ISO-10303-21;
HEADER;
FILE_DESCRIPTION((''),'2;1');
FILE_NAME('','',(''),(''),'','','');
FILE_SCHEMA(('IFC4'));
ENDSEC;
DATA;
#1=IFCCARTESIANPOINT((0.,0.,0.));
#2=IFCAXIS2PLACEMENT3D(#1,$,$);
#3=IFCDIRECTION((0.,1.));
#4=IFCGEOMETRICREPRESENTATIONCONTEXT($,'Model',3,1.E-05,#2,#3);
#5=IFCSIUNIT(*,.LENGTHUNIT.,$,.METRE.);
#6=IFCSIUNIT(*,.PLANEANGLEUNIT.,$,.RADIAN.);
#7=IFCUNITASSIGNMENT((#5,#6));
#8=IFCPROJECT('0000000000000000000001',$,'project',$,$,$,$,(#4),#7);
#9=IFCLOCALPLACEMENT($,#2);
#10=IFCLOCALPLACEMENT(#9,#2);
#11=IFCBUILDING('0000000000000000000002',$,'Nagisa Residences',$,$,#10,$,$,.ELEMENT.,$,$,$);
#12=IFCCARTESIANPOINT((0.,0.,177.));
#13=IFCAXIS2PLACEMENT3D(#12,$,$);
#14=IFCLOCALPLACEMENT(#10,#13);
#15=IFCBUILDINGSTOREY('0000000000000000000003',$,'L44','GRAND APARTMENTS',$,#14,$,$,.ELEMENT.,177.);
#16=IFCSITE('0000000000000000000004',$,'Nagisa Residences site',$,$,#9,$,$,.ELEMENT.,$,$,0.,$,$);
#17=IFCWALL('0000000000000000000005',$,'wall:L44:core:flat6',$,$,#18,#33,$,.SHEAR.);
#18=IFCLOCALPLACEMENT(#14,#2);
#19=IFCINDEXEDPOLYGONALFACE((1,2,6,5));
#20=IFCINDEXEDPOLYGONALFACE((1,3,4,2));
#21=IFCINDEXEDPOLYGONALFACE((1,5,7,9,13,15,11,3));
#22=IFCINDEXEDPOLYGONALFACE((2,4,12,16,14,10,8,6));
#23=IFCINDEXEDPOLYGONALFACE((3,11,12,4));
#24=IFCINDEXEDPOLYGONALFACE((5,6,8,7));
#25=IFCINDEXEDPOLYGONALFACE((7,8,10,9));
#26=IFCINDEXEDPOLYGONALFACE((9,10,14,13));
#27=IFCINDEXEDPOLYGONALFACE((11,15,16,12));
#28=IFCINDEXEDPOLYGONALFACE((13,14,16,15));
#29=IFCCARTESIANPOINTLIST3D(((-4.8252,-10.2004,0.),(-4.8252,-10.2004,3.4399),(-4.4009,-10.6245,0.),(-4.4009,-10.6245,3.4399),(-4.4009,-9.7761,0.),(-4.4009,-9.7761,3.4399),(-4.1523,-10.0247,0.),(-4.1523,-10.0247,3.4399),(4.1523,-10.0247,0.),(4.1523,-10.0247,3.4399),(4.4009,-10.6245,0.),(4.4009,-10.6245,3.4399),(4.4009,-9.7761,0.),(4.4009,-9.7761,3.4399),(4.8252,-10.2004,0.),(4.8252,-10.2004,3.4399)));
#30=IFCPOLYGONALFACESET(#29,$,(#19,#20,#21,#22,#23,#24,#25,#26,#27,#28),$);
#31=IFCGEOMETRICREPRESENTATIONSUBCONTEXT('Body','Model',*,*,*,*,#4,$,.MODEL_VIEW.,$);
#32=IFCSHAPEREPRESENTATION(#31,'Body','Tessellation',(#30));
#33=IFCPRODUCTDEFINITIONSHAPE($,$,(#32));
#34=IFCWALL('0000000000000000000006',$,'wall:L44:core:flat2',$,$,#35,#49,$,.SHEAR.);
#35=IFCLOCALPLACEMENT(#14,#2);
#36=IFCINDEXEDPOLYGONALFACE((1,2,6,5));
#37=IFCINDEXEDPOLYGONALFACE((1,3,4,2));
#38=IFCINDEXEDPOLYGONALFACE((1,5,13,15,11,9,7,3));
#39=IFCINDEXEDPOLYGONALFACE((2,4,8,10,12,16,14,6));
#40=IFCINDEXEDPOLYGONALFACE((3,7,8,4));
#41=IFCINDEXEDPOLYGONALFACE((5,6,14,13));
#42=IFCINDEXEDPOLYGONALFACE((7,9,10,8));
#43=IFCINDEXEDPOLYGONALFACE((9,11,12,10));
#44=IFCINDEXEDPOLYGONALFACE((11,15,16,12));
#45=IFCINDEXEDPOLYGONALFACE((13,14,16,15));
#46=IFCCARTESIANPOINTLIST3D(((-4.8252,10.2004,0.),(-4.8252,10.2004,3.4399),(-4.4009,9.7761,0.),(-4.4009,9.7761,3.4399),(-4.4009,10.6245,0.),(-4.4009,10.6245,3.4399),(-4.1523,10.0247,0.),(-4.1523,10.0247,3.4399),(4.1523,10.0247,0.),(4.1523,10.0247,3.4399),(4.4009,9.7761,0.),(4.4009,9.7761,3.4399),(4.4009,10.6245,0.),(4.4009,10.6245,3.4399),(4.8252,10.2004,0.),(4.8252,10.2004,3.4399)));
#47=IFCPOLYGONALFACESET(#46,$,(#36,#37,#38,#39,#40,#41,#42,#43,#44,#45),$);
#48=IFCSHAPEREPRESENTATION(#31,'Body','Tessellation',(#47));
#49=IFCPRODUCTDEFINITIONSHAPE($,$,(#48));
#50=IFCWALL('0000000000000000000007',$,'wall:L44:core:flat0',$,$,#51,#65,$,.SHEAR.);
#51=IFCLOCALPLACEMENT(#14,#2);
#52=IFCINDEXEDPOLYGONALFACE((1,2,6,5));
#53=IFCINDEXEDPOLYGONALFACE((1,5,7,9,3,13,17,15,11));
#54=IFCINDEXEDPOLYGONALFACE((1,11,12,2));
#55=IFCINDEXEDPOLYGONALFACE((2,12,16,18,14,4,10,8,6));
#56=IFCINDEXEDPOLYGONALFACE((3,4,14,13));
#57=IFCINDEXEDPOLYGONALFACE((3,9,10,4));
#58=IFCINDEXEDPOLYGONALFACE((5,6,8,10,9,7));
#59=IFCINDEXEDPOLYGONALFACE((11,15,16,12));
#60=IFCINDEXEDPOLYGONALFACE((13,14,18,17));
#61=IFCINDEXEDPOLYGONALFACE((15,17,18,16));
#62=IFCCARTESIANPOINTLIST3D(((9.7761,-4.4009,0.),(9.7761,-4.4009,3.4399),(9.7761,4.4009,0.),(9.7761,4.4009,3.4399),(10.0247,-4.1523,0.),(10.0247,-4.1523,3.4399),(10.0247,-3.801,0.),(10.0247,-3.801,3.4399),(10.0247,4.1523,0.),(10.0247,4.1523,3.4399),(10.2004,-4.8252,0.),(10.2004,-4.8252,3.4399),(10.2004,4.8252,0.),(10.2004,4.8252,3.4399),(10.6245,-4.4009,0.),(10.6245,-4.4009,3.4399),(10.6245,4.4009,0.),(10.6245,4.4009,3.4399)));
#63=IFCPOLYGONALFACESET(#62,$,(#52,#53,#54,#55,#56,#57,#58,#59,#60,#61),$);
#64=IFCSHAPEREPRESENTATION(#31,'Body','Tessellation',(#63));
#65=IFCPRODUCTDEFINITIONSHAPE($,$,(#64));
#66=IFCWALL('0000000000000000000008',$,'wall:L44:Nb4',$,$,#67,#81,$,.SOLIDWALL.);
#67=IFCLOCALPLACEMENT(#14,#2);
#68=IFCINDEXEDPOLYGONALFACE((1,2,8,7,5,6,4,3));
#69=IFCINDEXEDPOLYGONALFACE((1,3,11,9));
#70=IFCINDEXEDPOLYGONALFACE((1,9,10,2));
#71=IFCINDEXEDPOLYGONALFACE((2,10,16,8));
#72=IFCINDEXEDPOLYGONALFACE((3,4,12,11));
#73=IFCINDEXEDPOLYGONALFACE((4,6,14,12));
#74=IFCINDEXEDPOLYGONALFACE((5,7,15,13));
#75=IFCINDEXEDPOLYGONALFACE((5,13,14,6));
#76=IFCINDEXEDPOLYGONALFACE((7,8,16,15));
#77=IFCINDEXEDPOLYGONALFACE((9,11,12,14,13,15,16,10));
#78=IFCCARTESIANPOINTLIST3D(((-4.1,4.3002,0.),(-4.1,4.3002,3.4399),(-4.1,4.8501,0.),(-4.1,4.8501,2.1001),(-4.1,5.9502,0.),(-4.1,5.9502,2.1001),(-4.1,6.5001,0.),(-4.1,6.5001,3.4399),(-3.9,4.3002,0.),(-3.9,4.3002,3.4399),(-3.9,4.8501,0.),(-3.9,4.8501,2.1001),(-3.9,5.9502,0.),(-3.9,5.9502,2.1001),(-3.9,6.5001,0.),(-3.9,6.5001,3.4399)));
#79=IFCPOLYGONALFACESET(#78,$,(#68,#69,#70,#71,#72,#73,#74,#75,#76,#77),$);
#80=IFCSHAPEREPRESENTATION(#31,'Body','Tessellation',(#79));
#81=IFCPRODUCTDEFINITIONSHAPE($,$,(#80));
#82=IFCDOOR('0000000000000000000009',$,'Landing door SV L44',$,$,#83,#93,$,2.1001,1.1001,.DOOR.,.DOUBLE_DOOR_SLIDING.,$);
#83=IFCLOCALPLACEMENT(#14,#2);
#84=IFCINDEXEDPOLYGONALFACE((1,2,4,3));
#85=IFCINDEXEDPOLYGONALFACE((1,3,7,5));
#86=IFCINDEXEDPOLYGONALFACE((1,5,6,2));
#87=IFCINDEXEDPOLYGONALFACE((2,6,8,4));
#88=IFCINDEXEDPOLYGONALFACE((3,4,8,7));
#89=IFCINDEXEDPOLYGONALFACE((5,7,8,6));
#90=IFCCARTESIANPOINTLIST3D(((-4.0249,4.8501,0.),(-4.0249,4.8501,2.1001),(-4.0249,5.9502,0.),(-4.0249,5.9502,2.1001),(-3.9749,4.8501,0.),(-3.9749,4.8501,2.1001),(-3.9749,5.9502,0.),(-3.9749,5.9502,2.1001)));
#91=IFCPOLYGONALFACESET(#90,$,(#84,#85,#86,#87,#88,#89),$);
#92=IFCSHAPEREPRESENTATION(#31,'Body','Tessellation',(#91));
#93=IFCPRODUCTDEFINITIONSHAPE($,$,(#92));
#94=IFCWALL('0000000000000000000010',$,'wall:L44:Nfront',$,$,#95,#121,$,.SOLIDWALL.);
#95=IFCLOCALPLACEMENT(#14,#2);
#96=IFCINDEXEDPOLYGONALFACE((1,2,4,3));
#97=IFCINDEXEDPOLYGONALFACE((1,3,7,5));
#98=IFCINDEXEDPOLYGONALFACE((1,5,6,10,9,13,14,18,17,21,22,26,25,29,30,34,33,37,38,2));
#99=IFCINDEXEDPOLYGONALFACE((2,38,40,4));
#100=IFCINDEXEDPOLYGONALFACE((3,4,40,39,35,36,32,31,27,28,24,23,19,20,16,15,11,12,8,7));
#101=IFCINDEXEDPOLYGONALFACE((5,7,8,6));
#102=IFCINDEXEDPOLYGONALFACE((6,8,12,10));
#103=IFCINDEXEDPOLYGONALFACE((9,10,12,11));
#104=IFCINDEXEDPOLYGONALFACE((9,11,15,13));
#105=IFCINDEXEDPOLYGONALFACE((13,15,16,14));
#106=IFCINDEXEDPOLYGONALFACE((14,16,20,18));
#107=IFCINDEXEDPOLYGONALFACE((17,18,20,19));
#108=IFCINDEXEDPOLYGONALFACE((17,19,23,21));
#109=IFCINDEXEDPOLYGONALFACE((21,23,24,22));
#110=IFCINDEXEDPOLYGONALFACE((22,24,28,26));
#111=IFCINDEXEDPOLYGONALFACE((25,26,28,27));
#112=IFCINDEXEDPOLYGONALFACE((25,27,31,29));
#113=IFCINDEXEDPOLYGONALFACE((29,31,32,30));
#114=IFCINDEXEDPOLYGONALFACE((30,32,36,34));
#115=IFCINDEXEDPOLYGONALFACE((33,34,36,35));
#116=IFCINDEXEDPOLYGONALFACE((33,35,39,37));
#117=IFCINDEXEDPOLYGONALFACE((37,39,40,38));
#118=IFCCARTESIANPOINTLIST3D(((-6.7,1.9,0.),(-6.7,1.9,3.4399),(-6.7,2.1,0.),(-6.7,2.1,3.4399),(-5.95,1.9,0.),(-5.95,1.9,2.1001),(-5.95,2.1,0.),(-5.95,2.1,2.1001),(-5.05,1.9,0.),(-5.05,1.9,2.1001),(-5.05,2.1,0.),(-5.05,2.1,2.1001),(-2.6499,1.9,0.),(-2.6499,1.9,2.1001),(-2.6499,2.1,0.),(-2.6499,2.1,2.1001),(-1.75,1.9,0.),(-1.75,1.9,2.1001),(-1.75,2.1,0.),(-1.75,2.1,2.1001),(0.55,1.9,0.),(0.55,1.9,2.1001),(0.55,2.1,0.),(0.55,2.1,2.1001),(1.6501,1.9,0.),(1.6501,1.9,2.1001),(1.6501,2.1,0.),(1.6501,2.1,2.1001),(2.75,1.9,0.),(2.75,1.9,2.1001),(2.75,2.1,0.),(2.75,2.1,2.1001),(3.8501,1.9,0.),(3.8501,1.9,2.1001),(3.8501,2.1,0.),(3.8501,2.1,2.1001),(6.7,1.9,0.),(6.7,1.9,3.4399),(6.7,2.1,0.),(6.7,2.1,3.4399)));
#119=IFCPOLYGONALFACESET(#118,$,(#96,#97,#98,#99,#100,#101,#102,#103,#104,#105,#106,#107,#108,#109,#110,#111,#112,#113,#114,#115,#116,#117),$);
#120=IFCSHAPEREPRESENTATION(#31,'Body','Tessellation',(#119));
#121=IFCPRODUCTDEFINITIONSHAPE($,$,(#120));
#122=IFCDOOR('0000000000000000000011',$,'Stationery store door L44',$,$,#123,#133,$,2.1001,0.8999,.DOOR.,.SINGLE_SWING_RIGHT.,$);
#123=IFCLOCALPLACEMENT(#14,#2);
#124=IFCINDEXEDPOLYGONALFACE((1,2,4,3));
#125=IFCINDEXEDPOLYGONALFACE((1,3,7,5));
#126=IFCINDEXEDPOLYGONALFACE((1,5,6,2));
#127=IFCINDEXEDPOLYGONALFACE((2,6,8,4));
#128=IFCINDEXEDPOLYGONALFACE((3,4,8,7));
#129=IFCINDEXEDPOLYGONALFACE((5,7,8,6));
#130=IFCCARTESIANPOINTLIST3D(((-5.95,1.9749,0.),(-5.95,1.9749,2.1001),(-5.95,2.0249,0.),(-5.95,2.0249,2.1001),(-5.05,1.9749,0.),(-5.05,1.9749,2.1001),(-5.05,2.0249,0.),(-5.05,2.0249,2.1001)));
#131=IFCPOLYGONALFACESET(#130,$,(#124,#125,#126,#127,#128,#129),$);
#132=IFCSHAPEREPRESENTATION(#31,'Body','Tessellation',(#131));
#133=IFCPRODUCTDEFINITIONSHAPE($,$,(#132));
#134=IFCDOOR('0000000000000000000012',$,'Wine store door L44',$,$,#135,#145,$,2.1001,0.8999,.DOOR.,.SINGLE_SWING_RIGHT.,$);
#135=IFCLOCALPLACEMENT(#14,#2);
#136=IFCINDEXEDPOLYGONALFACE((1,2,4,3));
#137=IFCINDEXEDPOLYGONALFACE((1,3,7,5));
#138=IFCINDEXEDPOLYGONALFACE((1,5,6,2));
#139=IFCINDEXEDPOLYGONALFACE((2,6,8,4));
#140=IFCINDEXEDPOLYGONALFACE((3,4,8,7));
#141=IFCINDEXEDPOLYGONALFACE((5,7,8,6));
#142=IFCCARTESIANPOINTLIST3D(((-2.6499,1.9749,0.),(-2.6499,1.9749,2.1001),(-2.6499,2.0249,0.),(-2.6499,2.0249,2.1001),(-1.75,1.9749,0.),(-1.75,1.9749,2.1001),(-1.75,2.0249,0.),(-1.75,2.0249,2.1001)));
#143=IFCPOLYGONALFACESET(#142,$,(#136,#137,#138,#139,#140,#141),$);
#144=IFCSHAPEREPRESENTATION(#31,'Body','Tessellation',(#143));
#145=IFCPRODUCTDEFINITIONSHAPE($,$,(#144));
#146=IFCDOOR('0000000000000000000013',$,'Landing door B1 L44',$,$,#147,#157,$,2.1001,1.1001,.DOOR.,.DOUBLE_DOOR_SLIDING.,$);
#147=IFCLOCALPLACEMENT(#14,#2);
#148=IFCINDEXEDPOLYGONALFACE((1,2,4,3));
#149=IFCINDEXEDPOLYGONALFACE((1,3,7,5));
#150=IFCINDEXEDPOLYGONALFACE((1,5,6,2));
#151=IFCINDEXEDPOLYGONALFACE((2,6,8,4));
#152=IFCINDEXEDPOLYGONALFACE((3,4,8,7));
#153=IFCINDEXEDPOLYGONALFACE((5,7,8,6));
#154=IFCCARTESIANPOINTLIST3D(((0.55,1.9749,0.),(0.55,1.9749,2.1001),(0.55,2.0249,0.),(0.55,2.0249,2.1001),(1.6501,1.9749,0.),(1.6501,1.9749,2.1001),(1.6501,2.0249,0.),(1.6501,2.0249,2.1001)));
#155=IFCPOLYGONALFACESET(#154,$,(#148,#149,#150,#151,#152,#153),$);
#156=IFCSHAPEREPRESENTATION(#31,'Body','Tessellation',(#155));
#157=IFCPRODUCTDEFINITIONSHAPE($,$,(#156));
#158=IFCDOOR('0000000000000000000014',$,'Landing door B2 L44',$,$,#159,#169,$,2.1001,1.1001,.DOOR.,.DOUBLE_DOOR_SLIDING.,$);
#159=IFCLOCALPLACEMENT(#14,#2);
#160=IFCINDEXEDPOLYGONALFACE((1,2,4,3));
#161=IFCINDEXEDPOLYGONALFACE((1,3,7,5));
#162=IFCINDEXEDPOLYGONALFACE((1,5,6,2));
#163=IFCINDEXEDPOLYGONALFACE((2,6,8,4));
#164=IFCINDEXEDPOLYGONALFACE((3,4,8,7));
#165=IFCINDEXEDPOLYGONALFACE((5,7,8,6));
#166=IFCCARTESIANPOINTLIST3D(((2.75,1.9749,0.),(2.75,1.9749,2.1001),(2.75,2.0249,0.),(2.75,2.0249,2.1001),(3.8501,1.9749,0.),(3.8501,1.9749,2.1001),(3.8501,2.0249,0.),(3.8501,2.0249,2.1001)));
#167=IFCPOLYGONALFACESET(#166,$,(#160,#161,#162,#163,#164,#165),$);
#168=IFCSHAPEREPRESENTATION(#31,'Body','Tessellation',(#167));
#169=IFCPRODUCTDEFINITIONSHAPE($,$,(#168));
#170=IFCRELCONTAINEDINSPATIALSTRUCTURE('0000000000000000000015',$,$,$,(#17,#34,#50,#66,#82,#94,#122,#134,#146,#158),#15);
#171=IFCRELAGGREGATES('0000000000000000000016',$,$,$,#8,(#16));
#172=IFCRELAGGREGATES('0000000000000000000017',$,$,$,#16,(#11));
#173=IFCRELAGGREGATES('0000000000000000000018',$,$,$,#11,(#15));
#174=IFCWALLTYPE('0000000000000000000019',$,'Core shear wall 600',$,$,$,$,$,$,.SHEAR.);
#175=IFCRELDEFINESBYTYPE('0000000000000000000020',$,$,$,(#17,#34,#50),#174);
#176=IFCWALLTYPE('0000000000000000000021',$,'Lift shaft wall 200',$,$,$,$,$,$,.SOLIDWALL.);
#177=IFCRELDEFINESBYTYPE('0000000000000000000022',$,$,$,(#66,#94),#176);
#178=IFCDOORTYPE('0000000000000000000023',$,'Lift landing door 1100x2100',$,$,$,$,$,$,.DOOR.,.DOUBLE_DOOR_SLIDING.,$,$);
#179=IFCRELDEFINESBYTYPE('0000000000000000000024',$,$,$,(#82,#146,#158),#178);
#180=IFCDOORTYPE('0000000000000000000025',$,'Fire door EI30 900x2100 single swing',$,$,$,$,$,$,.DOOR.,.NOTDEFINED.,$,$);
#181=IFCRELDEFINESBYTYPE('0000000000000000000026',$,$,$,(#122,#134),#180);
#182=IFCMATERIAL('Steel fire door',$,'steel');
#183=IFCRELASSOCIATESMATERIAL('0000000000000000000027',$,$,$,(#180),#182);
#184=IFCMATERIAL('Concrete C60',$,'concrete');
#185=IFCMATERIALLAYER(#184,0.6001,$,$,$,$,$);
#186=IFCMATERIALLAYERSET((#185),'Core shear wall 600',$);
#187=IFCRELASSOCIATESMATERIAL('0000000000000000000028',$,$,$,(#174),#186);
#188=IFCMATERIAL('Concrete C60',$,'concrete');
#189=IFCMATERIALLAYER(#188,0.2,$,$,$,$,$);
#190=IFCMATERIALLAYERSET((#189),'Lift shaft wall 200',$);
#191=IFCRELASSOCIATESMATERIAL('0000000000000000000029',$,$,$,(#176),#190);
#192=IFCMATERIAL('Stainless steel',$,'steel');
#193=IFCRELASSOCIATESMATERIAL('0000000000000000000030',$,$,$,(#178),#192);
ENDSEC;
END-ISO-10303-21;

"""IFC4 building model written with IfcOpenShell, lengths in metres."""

from ifc_helpers import new_model, si_unit, direction, frame, frame_2d, origin, place, context, subcontext, project, spatial, polyline, rectangle, outline, extrude, material, layer, layer_set, type_object, element, fill, save


model = new_model("IFC4")

# Units and contexts
model_context = context("Model", 3, precision=1e-05, world=origin(), true_north=direction((0.0, 1.0)))
body_context = subcontext(model_context, "Body", "Model", "MODEL_VIEW")
ifc_project = project(units=[si_unit("LENGTHUNIT", "METRE"), si_unit("PLANEANGLEUNIT", "RADIAN")], contexts=[model_context])

# Site, building, storey
site_placement = place(None, origin())
site = spatial("IfcSite", under=ifc_project, at=site_placement, Name="Nagisa Residences site", CompositionType="ELEMENT", RefElevation=0.0)
building_placement = place(site_placement, origin())
building = spatial("IfcBuilding", under=site, at=building_placement, Name="Nagisa Residences", CompositionType="ELEMENT")
storey_placement = place(building_placement, frame((0.0, 0.0, 177.0)))
storey = spatial("IfcBuildingStorey", under=building, at=storey_placement, Name="L44", Description="GRAND APARTMENTS", CompositionType="ELEMENT", Elevation=177.0)

# Shared definitions
ifc_material_1 = material(Name="Steel fire door", Category="steel")
door_type_1 = type_object("IfcDoorType", Name="Fire door EI30 900x2100 single swing", OperationType="NOTDEFINED", PredefinedType="DOOR", material=ifc_material_1)

# Shared definitions
ifc_material_2 = material(Name="Concrete C60", Category="concrete")
ifc_layer_1 = layer(ifc_material_2, 0.6001)
ifc_layer_set_1 = layer_set([ifc_layer_1], Name="Core shear wall 600")
wall_type_1 = type_object("IfcWallType", Name="Core shear wall 600", PredefinedType="SHEAR", material=ifc_layer_set_1)

# Walls
wall_1_placement = place(storey_placement, origin())
element("IfcWall", 1, at=wall_1_placement, inside=storey, type_object=wall_type_1, Name="wall:L44:core:flat6", PredefinedType="SHEAR", context=body_context, shape_type="SweptSolid", body=[
    extrude(outline(polyline([(-4.1523, -10.0247), (4.1523, -10.0247), (4.4009, -9.7761), (4.8252, -10.2004), (4.4009, -10.6245), (-4.4009, -10.6245), (-4.8252, -10.2004), (-4.4009, -9.7761), (-4.1523, -10.0247)])), origin(), (0.0, 0.0, 1.0), 3.4399),
])
wall_2_placement = place(storey_placement, origin())
element("IfcWall", 2, at=wall_2_placement, inside=storey, type_object=wall_type_1, Name="wall:L44:core:flat2", PredefinedType="SHEAR", context=body_context, shape_type="SweptSolid", body=[
    extrude(outline(polyline([(-4.1523, 10.0247), (-4.4009, 9.7761), (-4.8252, 10.2004), (-4.4009, 10.6245), (4.4009, 10.6245), (4.8252, 10.2004), (4.4009, 9.7761), (4.1523, 10.0247), (-4.1523, 10.0247)])), origin(), (0.0, 0.0, 1.0), 3.4399),
])
wall_3_placement = place(storey_placement, origin())
element("IfcWall", 3, at=wall_3_placement, inside=storey, type_object=wall_type_1, Name="wall:L44:core:flat0", PredefinedType="SHEAR", context=body_context, shape_type="SweptSolid", body=[
    extrude(outline(polyline([(9.7761, -4.4009), (10.0247, -4.1523), (10.0247, -3.801), (10.0247, 4.1523), (9.7761, 4.4009), (10.2004, 4.8252), (10.6245, 4.4009), (10.6245, -4.4009), (10.2004, -4.8252), (9.7761, -4.4009)])), origin(), (0.0, 0.0, 1.0), 3.4399),
])

# Wall, opening, door
ifc_material_3 = material(Name="Concrete C60", Category="concrete")
ifc_layer_2 = layer(ifc_material_3, 0.2)
ifc_layer_set_2 = layer_set([ifc_layer_2], Name="Lift shaft wall 200")
wall_type_2 = type_object("IfcWallType", Name="Lift shaft wall 200", PredefinedType="SOLIDWALL", material=ifc_layer_set_2)
wall_4_placement = place(storey_placement, frame((-4.0, 4.3, 0.0), z_axis=(0.0, 0.0, 1.0), x_axis=(0.0, 1.0, 0.0)))
wall_4 = element("IfcWall", 4, at=wall_4_placement, inside=storey, type_object=wall_type_2, Name="wall:L44:Nb4", PredefinedType="SOLIDWALL", context=body_context, shape_type="SweptSolid", body=[
    extrude(rectangle(XDim=2.2, YDim=0.2, at=frame_2d((1.1001, 0.0))), origin(), (0.0, 0.0, 1.0), 3.4399),
])
opening_1_placement = place(wall_4_placement, frame((0.55, 0.0, 0.0)))
opening_1 = element("IfcOpeningElement", 5, at=opening_1_placement, cuts=wall_4, PredefinedType="OPENING", context=body_context, shape_type="SweptSolid", body=[
    extrude(rectangle(XDim=1.1001, YDim=2.1001, at=frame_2d((0.55, 1.05))), frame((0.0, 0.1099, 0.0), z_axis=(0.0, -1.0, 0.0), x_axis=(1.0, 0.0, 0.0)), (0.0, 0.0, 1.0), 0.22),
])
ifc_material_4 = material(Name="Stainless steel", Category="steel")
door_type_2 = type_object("IfcDoorType", Name="Lift landing door 1100x2100", OperationType="DOUBLE_DOOR_SLIDING", PredefinedType="DOOR", material=ifc_material_4)
door_1_placement = place(opening_1_placement, origin())
door_1 = element("IfcDoor", 6, at=door_1_placement, inside=storey, type_object=door_type_2, Name="Landing door SV L44", OperationType="DOUBLE_DOOR_SLIDING", OverallHeight=2.1001, OverallWidth=1.1001, PredefinedType="DOOR", context=body_context, shape_type="SweptSolid", body=[
    extrude(rectangle(XDim=1.1001, YDim=2.1001, at=frame_2d((0.55, 1.05))), frame((0.0, 0.0249, 0.0), z_axis=(0.0, -1.0, 0.0), x_axis=(1.0, 0.0, 0.0)), (0.0, 0.0, 1.0), 0.05),
])
fill(opening_1, door_1)

# Wall, openings, doors
wall_5_placement = place(storey_placement, frame((-6.7, 2.0, 0.0), z_axis=(0.0, 0.0, 1.0), x_axis=(1.0, 0.0, 0.0)))
wall_5 = element("IfcWall", 7, at=wall_5_placement, inside=storey, type_object=wall_type_2, Name="wall:L44:Nfront", PredefinedType="SOLIDWALL", context=body_context, shape_type="SweptSolid", body=[
    extrude(rectangle(XDim=13.3999, YDim=0.2, at=frame_2d((6.7, 0.0))), origin(), (0.0, 0.0, 1.0), 3.4399),
])
opening_2_placement = place(wall_5_placement, frame((7.25, 0.0, 0.0)))
opening_2 = element("IfcOpeningElement", 8, at=opening_2_placement, cuts=wall_5, PredefinedType="OPENING", context=body_context, shape_type="SweptSolid", body=[
    extrude(rectangle(XDim=1.1001, YDim=2.1001, at=frame_2d((0.55, 1.05))), frame((0.0, 0.1099, 0.0), z_axis=(0.0, -1.0, 0.0), x_axis=(1.0, 0.0, 0.0)), (0.0, 0.0, 1.0), 0.22),
])
opening_3_placement = place(wall_5_placement, frame((9.45, 0.0, 0.0)))
opening_3 = element("IfcOpeningElement", 9, at=opening_3_placement, cuts=wall_5, PredefinedType="OPENING", context=body_context, shape_type="SweptSolid", body=[
    extrude(rectangle(XDim=1.1001, YDim=2.1001, at=frame_2d((0.55, 1.05))), frame((0.0, 0.1099, 0.0), z_axis=(0.0, -1.0, 0.0), x_axis=(1.0, 0.0, 0.0)), (0.0, 0.0, 1.0), 0.22),
])
opening_4_placement = place(wall_5_placement, frame((0.75, 0.0, 0.0)))
opening_4 = element("IfcOpeningElement", 10, at=opening_4_placement, cuts=wall_5, PredefinedType="OPENING", context=body_context, shape_type="SweptSolid", body=[
    extrude(rectangle(XDim=0.8999, YDim=2.1001, at=frame_2d((0.45, 1.05))), frame((0.0, 0.1099, 0.0), z_axis=(0.0, -1.0, 0.0), x_axis=(1.0, 0.0, 0.0)), (0.0, 0.0, 1.0), 0.22),
])
opening_5_placement = place(wall_5_placement, frame((4.05, 0.0, 0.0)))
opening_5 = element("IfcOpeningElement", 11, at=opening_5_placement, cuts=wall_5, PredefinedType="OPENING", context=body_context, shape_type="SweptSolid", body=[
    extrude(rectangle(XDim=0.8999, YDim=2.1001, at=frame_2d((0.45, 1.05))), frame((0.0, 0.1099, 0.0), z_axis=(0.0, -1.0, 0.0), x_axis=(1.0, 0.0, 0.0)), (0.0, 0.0, 1.0), 0.22),
])
door_2_placement = place(opening_4_placement, origin())
door_2 = element("IfcDoor", 12, at=door_2_placement, inside=storey, type_object=door_type_1, Name="Stationery store door L44", OperationType="SINGLE_SWING_RIGHT", OverallHeight=2.1001, OverallWidth=0.8999, PredefinedType="DOOR", context=body_context, shape_type="SweptSolid", body=[
    extrude(rectangle(XDim=0.8999, YDim=2.1001, at=frame_2d((0.45, 1.05))), frame((0.0, 0.0249, 0.0), z_axis=(0.0, -1.0, 0.0), x_axis=(1.0, 0.0, 0.0)), (0.0, 0.0, 1.0), 0.05),
])
fill(opening_4, door_2)
door_3_placement = place(opening_5_placement, origin())
door_3 = element("IfcDoor", 13, at=door_3_placement, inside=storey, type_object=door_type_1, Name="Wine store door L44", OperationType="SINGLE_SWING_RIGHT", OverallHeight=2.1001, OverallWidth=0.8999, PredefinedType="DOOR", context=body_context, shape_type="SweptSolid", body=[
    extrude(rectangle(XDim=0.8999, YDim=2.1001, at=frame_2d((0.45, 1.05))), frame((0.0, 0.0249, 0.0), z_axis=(0.0, -1.0, 0.0), x_axis=(1.0, 0.0, 0.0)), (0.0, 0.0, 1.0), 0.05),
])
fill(opening_5, door_3)
door_4_placement = place(opening_2_placement, origin())
door_4 = element("IfcDoor", 14, at=door_4_placement, inside=storey, type_object=door_type_2, Name="Landing door B1 L44", OperationType="DOUBLE_DOOR_SLIDING", OverallHeight=2.1001, OverallWidth=1.1001, PredefinedType="DOOR", context=body_context, shape_type="SweptSolid", body=[
    extrude(rectangle(XDim=1.1001, YDim=2.1001, at=frame_2d((0.55, 1.05))), frame((0.0, 0.0249, 0.0), z_axis=(0.0, -1.0, 0.0), x_axis=(1.0, 0.0, 0.0)), (0.0, 0.0, 1.0), 0.05),
])
fill(opening_2, door_4)
door_5_placement = place(opening_3_placement, origin())
door_5 = element("IfcDoor", 15, at=door_5_placement, inside=storey, type_object=door_type_2, Name="Landing door B2 L44", OperationType="DOUBLE_DOOR_SLIDING", OverallHeight=2.1001, OverallWidth=1.1001, PredefinedType="DOOR", context=body_context, shape_type="SweptSolid", body=[
    extrude(rectangle(XDim=1.1001, YDim=2.1001, at=frame_2d((0.55, 1.05))), frame((0.0, 0.0249, 0.0), z_axis=(0.0, -1.0, 0.0), x_axis=(1.0, 0.0, 0.0)), (0.0, 0.0, 1.0), 0.05),
])
fill(opening_3, door_5)

save(model, "model.ifc")
